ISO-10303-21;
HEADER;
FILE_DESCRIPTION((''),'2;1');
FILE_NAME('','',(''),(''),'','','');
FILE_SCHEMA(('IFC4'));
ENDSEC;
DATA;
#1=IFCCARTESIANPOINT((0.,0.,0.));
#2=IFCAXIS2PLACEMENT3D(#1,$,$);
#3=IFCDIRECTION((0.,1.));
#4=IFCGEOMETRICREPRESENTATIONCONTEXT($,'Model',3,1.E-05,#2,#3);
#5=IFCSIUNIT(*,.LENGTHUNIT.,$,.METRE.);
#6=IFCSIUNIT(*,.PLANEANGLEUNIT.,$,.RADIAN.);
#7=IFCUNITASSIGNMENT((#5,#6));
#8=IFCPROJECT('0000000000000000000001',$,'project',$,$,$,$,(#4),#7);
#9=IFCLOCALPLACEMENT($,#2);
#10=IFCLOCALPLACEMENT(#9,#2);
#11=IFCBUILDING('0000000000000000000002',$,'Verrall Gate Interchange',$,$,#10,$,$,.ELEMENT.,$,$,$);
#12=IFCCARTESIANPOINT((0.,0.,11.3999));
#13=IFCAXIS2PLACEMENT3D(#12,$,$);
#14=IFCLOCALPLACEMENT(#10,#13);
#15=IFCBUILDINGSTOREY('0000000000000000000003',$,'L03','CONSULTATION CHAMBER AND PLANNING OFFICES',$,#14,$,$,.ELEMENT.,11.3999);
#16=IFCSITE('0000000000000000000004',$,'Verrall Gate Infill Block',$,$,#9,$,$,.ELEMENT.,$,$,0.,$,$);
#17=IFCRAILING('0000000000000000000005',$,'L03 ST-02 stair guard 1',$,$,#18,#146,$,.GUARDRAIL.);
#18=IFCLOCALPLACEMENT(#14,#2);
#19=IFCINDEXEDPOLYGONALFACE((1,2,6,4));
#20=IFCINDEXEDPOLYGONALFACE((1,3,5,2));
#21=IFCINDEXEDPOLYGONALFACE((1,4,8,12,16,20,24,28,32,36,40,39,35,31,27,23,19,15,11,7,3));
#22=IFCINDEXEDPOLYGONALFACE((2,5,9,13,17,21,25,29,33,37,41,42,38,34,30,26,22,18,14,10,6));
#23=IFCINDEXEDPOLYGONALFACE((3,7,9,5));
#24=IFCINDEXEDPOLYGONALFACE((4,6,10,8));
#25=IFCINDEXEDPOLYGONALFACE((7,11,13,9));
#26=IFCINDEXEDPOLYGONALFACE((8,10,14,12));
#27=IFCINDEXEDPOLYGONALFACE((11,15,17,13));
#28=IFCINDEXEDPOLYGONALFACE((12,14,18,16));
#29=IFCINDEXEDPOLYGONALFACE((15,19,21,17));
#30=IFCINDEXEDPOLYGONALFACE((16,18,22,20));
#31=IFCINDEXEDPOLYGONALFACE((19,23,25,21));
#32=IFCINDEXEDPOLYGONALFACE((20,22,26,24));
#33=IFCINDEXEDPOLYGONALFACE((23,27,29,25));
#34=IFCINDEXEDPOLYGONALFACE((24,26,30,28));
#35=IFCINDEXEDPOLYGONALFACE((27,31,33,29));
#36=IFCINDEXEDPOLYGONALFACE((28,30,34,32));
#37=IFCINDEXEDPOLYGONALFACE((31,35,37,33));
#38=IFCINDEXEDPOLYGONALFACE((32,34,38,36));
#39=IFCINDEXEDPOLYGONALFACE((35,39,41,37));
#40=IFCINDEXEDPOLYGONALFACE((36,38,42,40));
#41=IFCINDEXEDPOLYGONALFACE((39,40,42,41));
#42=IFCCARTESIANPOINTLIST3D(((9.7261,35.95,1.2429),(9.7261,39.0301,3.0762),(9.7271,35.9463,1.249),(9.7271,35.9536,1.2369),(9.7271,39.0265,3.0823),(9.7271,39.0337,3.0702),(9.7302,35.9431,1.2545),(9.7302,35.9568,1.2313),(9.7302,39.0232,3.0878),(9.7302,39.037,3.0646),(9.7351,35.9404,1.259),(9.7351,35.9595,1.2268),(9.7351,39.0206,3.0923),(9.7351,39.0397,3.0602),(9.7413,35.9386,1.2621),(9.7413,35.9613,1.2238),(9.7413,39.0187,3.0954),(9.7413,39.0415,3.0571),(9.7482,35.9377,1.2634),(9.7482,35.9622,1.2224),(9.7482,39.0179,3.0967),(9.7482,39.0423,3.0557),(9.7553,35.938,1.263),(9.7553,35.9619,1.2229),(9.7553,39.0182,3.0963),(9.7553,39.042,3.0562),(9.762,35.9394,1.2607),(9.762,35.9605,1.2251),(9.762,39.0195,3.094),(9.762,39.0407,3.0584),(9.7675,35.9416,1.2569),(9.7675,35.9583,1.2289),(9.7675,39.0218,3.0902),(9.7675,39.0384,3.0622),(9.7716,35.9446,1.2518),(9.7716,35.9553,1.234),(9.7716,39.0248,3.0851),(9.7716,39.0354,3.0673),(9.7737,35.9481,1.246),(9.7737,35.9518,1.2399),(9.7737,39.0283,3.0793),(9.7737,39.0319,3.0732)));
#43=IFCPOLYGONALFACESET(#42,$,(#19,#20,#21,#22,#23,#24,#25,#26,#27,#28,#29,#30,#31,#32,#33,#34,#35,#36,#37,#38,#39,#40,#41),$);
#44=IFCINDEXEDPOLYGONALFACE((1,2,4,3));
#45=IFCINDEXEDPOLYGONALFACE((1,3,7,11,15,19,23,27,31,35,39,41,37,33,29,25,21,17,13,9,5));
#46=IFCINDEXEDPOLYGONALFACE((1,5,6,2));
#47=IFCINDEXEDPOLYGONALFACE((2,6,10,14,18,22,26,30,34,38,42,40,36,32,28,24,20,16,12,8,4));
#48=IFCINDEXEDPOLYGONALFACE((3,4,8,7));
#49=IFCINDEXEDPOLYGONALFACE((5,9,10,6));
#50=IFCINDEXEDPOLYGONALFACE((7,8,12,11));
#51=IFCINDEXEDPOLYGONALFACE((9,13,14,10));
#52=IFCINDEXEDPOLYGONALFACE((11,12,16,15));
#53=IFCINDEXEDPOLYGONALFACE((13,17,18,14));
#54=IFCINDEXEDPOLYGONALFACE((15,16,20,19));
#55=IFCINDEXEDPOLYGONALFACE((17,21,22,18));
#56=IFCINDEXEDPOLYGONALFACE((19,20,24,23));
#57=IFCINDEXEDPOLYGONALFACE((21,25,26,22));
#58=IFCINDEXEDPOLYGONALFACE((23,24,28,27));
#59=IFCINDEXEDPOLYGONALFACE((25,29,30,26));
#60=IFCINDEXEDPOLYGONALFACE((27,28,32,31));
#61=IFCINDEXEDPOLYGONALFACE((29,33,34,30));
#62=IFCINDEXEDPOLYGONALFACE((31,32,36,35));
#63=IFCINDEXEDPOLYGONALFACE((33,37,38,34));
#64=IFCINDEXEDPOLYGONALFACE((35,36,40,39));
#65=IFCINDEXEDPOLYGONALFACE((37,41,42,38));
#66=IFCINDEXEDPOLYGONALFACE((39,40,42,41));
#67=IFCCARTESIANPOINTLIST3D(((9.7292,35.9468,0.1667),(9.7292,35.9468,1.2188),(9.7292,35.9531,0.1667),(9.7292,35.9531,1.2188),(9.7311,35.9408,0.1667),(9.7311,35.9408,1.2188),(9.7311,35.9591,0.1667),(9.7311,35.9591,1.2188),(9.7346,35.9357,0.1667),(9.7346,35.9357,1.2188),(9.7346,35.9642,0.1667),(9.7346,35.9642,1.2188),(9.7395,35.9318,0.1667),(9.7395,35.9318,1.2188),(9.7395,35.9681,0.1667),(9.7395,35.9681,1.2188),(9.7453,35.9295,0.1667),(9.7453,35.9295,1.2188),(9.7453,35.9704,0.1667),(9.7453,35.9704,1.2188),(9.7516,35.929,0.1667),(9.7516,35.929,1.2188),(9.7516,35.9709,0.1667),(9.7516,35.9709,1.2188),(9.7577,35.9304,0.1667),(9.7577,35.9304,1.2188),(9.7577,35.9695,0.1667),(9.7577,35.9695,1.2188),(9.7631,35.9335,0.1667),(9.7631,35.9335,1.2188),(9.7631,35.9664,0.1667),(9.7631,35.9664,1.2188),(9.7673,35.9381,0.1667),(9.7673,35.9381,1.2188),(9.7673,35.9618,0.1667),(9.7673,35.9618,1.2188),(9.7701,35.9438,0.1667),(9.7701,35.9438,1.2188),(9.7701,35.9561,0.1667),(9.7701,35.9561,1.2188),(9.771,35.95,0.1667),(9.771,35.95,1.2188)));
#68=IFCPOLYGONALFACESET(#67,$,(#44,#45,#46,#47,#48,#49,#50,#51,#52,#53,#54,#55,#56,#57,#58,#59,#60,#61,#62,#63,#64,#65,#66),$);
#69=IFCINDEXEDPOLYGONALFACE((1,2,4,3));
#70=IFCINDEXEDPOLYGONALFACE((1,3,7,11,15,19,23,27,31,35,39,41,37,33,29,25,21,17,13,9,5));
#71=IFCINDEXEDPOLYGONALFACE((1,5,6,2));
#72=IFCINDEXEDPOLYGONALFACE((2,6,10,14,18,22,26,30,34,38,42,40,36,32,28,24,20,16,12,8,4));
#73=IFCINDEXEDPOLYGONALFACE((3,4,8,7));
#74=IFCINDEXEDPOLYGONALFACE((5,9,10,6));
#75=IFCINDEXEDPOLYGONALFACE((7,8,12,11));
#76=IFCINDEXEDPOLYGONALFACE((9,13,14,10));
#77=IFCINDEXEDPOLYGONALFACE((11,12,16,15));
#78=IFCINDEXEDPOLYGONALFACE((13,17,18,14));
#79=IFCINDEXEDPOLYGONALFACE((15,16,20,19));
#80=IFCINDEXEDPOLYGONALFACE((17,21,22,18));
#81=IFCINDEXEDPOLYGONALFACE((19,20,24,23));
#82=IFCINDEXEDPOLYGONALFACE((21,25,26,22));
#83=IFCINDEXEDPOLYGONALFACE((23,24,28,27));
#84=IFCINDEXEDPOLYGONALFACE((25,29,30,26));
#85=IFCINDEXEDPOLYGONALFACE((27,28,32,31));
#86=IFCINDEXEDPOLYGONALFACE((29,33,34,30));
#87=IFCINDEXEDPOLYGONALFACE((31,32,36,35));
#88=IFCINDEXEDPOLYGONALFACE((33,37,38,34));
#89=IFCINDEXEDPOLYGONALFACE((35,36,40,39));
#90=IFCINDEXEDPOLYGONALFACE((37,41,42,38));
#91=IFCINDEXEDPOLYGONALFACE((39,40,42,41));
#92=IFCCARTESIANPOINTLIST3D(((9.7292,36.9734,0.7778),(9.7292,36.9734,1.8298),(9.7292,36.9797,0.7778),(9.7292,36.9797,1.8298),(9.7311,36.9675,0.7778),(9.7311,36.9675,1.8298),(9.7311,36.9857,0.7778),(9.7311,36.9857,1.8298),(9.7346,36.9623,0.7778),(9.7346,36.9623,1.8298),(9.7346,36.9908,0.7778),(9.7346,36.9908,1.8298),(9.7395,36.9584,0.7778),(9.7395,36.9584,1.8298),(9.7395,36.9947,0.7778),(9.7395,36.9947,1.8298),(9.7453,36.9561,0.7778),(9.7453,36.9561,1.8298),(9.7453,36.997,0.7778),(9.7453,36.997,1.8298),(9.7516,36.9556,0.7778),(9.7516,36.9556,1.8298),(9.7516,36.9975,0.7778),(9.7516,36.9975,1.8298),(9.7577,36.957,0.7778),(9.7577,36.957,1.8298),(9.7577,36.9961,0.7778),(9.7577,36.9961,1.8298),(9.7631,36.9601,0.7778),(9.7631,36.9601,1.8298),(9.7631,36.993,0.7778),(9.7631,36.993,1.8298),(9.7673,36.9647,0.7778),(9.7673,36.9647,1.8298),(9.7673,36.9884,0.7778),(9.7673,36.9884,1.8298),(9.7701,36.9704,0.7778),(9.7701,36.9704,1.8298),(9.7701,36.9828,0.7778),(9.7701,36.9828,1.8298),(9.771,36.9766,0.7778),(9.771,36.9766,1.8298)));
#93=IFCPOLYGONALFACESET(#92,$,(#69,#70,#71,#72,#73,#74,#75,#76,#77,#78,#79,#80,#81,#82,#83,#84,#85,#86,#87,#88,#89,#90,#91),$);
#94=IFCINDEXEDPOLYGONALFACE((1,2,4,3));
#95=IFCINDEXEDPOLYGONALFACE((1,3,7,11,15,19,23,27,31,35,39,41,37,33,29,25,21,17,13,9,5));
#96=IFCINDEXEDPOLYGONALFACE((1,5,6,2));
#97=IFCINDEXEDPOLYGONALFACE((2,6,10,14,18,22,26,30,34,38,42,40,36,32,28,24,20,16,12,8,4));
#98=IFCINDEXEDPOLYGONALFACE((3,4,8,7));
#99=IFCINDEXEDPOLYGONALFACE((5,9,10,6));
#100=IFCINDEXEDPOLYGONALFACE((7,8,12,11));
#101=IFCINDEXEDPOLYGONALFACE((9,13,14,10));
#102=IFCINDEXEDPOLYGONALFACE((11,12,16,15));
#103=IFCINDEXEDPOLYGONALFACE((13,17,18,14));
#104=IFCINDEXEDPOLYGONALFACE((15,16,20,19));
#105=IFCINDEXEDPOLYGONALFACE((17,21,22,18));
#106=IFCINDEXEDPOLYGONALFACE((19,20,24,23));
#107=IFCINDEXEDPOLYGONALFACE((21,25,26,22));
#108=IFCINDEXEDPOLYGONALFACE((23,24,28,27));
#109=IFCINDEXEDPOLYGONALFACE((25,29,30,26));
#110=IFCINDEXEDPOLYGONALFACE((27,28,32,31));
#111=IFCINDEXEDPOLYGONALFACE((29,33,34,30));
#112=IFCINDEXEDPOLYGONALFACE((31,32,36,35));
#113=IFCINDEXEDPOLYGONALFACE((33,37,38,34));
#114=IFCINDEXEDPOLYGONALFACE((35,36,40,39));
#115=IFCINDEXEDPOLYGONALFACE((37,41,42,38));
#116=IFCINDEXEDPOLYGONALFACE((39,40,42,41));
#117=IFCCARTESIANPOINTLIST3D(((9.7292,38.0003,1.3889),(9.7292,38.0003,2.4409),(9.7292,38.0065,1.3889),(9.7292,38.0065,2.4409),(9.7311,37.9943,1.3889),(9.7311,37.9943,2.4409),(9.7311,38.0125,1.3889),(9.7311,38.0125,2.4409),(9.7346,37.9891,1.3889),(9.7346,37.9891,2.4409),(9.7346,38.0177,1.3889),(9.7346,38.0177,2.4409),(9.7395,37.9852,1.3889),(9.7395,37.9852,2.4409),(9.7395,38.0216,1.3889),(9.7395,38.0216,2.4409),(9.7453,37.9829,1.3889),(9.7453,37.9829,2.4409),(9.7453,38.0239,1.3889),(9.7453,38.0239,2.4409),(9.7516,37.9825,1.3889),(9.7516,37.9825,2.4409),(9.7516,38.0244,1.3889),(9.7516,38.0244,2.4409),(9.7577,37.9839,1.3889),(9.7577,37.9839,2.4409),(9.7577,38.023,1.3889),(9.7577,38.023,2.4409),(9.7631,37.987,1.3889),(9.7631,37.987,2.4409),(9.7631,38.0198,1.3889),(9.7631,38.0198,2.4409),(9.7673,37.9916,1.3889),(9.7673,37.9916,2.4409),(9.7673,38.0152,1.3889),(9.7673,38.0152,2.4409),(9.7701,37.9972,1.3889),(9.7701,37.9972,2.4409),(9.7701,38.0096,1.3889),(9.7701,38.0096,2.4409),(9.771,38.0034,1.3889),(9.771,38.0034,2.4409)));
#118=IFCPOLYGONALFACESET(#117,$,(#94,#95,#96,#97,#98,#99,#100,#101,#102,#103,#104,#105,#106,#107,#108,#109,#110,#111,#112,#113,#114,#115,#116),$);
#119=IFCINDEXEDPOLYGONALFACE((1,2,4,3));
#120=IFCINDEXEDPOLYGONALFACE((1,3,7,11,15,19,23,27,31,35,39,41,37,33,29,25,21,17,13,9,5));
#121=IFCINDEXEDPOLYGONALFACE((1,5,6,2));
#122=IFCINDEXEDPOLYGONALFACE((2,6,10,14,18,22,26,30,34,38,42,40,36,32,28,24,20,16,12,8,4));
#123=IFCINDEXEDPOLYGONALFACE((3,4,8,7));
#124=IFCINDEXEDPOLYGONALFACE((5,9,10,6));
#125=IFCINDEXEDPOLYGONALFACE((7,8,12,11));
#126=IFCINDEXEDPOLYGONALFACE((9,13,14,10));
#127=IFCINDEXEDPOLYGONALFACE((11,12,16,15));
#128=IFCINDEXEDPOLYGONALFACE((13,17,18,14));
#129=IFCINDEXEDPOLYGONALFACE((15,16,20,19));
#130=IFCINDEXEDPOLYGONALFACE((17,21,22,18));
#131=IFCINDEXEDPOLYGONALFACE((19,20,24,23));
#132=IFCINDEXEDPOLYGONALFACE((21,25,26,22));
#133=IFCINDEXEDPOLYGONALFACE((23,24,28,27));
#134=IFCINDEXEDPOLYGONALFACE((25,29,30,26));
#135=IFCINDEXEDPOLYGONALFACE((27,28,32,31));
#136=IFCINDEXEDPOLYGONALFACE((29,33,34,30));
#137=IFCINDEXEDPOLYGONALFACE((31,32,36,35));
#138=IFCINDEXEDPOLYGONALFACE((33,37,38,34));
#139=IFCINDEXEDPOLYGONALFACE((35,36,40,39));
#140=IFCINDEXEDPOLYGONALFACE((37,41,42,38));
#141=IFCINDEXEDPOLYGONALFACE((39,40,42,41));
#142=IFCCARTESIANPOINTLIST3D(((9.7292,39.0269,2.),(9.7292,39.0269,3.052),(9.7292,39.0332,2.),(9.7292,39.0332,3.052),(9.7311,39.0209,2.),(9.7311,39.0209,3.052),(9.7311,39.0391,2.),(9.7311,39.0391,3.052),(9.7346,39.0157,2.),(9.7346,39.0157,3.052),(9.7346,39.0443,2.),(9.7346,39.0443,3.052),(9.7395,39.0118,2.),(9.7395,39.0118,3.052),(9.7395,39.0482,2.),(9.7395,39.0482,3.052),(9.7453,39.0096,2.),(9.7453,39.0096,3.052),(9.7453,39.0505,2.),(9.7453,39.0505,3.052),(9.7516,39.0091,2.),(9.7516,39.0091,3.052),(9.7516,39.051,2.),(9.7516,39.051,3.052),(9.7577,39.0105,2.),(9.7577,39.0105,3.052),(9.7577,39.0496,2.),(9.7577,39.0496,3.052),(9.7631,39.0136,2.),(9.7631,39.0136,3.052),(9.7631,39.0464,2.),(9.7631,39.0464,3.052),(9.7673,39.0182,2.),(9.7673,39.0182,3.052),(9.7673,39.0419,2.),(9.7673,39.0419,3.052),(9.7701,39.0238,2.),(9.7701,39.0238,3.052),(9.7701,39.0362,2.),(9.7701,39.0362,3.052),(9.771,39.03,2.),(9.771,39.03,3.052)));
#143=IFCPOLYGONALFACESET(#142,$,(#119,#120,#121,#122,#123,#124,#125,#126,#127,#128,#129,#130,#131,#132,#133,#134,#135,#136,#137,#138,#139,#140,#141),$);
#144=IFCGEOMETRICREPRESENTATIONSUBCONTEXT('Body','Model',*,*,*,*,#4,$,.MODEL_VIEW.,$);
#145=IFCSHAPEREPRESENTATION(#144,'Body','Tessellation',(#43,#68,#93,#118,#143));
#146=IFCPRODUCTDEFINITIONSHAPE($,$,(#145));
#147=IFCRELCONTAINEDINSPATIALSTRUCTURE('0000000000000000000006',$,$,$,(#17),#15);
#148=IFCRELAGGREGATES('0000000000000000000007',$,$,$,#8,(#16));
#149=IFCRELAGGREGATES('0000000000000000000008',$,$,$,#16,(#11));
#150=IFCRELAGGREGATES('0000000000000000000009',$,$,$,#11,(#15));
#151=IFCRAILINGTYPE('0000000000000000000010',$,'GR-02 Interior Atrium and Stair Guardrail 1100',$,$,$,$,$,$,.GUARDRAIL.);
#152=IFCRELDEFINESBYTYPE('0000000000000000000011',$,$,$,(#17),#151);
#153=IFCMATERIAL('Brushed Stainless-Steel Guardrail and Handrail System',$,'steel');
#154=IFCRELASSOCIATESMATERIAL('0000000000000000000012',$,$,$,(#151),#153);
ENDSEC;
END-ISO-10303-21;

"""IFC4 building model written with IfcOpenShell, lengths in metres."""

from ifc_helpers import new_model, si_unit, direction, frame, origin, origin_2d, place, context, subcontext, project, spatial, circle, extrude, material, type_object, element, save


model = new_model("IFC4")

# Units and contexts
model_context = context("Model", 3, precision=1e-05, world=origin(), true_north=direction((0.0, 1.0)))
body_context = subcontext(model_context, "Body", "Model", "MODEL_VIEW")
ifc_project = project(units=[si_unit("LENGTHUNIT", "METRE"), si_unit("PLANEANGLEUNIT", "RADIAN")], contexts=[model_context])

# Site, building, storey
site_placement = place(None, origin())
site = spatial("IfcSite", under=ifc_project, at=site_placement, Name="Verrall Gate Infill Block", CompositionType="ELEMENT", RefElevation=0.0)
building_placement = place(site_placement, origin())
building = spatial("IfcBuilding", under=site, at=building_placement, Name="Verrall Gate Interchange", CompositionType="ELEMENT")
storey_placement = place(building_placement, frame((0.0, 0.0, 11.3999)))
storey = spatial("IfcBuildingStorey", under=building, at=storey_placement, Name="L03", Description="CONSULTATION CHAMBER AND PLANNING OFFICES", CompositionType="ELEMENT", Elevation=11.3999)

# Railing
ifc_material_1 = material(Name="Brushed Stainless-Steel Guardrail and Handrail System", Category="steel")
railing_type_1 = type_object("IfcRailingType", Name="GR-02 Interior Atrium and Stair Guardrail 1100", PredefinedType="GUARDRAIL", material=ifc_material_1)
railing_1_placement = place(storey_placement, frame((9.75, 35.95, 0.1667)))
element("IfcRailing", 1, at=railing_1_placement, inside=storey, type_object=railing_type_1, Name="L03 ST-02 stair guard 1", PredefinedType="GUARDRAIL", context=body_context, shape_type="SweptSolid", body=[
    extrude(circle(Radius=0.0239, at=origin_2d()), frame((0.0, 0.0, 1.0762), z_axis=(0.0, 0.859309, 0.511458), x_axis=(-1.0, 0.0, 0.0)), (0.0, 0.0, 1.0), 3.5845),
    extrude(circle(Radius=0.021, at=origin_2d()), origin(), (0.0, 0.0, 1.0), 1.052),
    extrude(circle(Radius=0.021, at=origin_2d()), frame((0.0, 1.0266, 0.6111)), (0.0, 0.0, 1.0), 1.052),
    extrude(circle(Radius=0.021, at=origin_2d()), frame((0.0, 2.0535, 1.2222)), (0.0, 0.0, 1.0), 1.052),
    extrude(circle(Radius=0.021, at=origin_2d()), frame((0.0, 3.0801, 1.8333)), (0.0, 0.0, 1.0), 1.052),
])

save(model, "model.ifc")
